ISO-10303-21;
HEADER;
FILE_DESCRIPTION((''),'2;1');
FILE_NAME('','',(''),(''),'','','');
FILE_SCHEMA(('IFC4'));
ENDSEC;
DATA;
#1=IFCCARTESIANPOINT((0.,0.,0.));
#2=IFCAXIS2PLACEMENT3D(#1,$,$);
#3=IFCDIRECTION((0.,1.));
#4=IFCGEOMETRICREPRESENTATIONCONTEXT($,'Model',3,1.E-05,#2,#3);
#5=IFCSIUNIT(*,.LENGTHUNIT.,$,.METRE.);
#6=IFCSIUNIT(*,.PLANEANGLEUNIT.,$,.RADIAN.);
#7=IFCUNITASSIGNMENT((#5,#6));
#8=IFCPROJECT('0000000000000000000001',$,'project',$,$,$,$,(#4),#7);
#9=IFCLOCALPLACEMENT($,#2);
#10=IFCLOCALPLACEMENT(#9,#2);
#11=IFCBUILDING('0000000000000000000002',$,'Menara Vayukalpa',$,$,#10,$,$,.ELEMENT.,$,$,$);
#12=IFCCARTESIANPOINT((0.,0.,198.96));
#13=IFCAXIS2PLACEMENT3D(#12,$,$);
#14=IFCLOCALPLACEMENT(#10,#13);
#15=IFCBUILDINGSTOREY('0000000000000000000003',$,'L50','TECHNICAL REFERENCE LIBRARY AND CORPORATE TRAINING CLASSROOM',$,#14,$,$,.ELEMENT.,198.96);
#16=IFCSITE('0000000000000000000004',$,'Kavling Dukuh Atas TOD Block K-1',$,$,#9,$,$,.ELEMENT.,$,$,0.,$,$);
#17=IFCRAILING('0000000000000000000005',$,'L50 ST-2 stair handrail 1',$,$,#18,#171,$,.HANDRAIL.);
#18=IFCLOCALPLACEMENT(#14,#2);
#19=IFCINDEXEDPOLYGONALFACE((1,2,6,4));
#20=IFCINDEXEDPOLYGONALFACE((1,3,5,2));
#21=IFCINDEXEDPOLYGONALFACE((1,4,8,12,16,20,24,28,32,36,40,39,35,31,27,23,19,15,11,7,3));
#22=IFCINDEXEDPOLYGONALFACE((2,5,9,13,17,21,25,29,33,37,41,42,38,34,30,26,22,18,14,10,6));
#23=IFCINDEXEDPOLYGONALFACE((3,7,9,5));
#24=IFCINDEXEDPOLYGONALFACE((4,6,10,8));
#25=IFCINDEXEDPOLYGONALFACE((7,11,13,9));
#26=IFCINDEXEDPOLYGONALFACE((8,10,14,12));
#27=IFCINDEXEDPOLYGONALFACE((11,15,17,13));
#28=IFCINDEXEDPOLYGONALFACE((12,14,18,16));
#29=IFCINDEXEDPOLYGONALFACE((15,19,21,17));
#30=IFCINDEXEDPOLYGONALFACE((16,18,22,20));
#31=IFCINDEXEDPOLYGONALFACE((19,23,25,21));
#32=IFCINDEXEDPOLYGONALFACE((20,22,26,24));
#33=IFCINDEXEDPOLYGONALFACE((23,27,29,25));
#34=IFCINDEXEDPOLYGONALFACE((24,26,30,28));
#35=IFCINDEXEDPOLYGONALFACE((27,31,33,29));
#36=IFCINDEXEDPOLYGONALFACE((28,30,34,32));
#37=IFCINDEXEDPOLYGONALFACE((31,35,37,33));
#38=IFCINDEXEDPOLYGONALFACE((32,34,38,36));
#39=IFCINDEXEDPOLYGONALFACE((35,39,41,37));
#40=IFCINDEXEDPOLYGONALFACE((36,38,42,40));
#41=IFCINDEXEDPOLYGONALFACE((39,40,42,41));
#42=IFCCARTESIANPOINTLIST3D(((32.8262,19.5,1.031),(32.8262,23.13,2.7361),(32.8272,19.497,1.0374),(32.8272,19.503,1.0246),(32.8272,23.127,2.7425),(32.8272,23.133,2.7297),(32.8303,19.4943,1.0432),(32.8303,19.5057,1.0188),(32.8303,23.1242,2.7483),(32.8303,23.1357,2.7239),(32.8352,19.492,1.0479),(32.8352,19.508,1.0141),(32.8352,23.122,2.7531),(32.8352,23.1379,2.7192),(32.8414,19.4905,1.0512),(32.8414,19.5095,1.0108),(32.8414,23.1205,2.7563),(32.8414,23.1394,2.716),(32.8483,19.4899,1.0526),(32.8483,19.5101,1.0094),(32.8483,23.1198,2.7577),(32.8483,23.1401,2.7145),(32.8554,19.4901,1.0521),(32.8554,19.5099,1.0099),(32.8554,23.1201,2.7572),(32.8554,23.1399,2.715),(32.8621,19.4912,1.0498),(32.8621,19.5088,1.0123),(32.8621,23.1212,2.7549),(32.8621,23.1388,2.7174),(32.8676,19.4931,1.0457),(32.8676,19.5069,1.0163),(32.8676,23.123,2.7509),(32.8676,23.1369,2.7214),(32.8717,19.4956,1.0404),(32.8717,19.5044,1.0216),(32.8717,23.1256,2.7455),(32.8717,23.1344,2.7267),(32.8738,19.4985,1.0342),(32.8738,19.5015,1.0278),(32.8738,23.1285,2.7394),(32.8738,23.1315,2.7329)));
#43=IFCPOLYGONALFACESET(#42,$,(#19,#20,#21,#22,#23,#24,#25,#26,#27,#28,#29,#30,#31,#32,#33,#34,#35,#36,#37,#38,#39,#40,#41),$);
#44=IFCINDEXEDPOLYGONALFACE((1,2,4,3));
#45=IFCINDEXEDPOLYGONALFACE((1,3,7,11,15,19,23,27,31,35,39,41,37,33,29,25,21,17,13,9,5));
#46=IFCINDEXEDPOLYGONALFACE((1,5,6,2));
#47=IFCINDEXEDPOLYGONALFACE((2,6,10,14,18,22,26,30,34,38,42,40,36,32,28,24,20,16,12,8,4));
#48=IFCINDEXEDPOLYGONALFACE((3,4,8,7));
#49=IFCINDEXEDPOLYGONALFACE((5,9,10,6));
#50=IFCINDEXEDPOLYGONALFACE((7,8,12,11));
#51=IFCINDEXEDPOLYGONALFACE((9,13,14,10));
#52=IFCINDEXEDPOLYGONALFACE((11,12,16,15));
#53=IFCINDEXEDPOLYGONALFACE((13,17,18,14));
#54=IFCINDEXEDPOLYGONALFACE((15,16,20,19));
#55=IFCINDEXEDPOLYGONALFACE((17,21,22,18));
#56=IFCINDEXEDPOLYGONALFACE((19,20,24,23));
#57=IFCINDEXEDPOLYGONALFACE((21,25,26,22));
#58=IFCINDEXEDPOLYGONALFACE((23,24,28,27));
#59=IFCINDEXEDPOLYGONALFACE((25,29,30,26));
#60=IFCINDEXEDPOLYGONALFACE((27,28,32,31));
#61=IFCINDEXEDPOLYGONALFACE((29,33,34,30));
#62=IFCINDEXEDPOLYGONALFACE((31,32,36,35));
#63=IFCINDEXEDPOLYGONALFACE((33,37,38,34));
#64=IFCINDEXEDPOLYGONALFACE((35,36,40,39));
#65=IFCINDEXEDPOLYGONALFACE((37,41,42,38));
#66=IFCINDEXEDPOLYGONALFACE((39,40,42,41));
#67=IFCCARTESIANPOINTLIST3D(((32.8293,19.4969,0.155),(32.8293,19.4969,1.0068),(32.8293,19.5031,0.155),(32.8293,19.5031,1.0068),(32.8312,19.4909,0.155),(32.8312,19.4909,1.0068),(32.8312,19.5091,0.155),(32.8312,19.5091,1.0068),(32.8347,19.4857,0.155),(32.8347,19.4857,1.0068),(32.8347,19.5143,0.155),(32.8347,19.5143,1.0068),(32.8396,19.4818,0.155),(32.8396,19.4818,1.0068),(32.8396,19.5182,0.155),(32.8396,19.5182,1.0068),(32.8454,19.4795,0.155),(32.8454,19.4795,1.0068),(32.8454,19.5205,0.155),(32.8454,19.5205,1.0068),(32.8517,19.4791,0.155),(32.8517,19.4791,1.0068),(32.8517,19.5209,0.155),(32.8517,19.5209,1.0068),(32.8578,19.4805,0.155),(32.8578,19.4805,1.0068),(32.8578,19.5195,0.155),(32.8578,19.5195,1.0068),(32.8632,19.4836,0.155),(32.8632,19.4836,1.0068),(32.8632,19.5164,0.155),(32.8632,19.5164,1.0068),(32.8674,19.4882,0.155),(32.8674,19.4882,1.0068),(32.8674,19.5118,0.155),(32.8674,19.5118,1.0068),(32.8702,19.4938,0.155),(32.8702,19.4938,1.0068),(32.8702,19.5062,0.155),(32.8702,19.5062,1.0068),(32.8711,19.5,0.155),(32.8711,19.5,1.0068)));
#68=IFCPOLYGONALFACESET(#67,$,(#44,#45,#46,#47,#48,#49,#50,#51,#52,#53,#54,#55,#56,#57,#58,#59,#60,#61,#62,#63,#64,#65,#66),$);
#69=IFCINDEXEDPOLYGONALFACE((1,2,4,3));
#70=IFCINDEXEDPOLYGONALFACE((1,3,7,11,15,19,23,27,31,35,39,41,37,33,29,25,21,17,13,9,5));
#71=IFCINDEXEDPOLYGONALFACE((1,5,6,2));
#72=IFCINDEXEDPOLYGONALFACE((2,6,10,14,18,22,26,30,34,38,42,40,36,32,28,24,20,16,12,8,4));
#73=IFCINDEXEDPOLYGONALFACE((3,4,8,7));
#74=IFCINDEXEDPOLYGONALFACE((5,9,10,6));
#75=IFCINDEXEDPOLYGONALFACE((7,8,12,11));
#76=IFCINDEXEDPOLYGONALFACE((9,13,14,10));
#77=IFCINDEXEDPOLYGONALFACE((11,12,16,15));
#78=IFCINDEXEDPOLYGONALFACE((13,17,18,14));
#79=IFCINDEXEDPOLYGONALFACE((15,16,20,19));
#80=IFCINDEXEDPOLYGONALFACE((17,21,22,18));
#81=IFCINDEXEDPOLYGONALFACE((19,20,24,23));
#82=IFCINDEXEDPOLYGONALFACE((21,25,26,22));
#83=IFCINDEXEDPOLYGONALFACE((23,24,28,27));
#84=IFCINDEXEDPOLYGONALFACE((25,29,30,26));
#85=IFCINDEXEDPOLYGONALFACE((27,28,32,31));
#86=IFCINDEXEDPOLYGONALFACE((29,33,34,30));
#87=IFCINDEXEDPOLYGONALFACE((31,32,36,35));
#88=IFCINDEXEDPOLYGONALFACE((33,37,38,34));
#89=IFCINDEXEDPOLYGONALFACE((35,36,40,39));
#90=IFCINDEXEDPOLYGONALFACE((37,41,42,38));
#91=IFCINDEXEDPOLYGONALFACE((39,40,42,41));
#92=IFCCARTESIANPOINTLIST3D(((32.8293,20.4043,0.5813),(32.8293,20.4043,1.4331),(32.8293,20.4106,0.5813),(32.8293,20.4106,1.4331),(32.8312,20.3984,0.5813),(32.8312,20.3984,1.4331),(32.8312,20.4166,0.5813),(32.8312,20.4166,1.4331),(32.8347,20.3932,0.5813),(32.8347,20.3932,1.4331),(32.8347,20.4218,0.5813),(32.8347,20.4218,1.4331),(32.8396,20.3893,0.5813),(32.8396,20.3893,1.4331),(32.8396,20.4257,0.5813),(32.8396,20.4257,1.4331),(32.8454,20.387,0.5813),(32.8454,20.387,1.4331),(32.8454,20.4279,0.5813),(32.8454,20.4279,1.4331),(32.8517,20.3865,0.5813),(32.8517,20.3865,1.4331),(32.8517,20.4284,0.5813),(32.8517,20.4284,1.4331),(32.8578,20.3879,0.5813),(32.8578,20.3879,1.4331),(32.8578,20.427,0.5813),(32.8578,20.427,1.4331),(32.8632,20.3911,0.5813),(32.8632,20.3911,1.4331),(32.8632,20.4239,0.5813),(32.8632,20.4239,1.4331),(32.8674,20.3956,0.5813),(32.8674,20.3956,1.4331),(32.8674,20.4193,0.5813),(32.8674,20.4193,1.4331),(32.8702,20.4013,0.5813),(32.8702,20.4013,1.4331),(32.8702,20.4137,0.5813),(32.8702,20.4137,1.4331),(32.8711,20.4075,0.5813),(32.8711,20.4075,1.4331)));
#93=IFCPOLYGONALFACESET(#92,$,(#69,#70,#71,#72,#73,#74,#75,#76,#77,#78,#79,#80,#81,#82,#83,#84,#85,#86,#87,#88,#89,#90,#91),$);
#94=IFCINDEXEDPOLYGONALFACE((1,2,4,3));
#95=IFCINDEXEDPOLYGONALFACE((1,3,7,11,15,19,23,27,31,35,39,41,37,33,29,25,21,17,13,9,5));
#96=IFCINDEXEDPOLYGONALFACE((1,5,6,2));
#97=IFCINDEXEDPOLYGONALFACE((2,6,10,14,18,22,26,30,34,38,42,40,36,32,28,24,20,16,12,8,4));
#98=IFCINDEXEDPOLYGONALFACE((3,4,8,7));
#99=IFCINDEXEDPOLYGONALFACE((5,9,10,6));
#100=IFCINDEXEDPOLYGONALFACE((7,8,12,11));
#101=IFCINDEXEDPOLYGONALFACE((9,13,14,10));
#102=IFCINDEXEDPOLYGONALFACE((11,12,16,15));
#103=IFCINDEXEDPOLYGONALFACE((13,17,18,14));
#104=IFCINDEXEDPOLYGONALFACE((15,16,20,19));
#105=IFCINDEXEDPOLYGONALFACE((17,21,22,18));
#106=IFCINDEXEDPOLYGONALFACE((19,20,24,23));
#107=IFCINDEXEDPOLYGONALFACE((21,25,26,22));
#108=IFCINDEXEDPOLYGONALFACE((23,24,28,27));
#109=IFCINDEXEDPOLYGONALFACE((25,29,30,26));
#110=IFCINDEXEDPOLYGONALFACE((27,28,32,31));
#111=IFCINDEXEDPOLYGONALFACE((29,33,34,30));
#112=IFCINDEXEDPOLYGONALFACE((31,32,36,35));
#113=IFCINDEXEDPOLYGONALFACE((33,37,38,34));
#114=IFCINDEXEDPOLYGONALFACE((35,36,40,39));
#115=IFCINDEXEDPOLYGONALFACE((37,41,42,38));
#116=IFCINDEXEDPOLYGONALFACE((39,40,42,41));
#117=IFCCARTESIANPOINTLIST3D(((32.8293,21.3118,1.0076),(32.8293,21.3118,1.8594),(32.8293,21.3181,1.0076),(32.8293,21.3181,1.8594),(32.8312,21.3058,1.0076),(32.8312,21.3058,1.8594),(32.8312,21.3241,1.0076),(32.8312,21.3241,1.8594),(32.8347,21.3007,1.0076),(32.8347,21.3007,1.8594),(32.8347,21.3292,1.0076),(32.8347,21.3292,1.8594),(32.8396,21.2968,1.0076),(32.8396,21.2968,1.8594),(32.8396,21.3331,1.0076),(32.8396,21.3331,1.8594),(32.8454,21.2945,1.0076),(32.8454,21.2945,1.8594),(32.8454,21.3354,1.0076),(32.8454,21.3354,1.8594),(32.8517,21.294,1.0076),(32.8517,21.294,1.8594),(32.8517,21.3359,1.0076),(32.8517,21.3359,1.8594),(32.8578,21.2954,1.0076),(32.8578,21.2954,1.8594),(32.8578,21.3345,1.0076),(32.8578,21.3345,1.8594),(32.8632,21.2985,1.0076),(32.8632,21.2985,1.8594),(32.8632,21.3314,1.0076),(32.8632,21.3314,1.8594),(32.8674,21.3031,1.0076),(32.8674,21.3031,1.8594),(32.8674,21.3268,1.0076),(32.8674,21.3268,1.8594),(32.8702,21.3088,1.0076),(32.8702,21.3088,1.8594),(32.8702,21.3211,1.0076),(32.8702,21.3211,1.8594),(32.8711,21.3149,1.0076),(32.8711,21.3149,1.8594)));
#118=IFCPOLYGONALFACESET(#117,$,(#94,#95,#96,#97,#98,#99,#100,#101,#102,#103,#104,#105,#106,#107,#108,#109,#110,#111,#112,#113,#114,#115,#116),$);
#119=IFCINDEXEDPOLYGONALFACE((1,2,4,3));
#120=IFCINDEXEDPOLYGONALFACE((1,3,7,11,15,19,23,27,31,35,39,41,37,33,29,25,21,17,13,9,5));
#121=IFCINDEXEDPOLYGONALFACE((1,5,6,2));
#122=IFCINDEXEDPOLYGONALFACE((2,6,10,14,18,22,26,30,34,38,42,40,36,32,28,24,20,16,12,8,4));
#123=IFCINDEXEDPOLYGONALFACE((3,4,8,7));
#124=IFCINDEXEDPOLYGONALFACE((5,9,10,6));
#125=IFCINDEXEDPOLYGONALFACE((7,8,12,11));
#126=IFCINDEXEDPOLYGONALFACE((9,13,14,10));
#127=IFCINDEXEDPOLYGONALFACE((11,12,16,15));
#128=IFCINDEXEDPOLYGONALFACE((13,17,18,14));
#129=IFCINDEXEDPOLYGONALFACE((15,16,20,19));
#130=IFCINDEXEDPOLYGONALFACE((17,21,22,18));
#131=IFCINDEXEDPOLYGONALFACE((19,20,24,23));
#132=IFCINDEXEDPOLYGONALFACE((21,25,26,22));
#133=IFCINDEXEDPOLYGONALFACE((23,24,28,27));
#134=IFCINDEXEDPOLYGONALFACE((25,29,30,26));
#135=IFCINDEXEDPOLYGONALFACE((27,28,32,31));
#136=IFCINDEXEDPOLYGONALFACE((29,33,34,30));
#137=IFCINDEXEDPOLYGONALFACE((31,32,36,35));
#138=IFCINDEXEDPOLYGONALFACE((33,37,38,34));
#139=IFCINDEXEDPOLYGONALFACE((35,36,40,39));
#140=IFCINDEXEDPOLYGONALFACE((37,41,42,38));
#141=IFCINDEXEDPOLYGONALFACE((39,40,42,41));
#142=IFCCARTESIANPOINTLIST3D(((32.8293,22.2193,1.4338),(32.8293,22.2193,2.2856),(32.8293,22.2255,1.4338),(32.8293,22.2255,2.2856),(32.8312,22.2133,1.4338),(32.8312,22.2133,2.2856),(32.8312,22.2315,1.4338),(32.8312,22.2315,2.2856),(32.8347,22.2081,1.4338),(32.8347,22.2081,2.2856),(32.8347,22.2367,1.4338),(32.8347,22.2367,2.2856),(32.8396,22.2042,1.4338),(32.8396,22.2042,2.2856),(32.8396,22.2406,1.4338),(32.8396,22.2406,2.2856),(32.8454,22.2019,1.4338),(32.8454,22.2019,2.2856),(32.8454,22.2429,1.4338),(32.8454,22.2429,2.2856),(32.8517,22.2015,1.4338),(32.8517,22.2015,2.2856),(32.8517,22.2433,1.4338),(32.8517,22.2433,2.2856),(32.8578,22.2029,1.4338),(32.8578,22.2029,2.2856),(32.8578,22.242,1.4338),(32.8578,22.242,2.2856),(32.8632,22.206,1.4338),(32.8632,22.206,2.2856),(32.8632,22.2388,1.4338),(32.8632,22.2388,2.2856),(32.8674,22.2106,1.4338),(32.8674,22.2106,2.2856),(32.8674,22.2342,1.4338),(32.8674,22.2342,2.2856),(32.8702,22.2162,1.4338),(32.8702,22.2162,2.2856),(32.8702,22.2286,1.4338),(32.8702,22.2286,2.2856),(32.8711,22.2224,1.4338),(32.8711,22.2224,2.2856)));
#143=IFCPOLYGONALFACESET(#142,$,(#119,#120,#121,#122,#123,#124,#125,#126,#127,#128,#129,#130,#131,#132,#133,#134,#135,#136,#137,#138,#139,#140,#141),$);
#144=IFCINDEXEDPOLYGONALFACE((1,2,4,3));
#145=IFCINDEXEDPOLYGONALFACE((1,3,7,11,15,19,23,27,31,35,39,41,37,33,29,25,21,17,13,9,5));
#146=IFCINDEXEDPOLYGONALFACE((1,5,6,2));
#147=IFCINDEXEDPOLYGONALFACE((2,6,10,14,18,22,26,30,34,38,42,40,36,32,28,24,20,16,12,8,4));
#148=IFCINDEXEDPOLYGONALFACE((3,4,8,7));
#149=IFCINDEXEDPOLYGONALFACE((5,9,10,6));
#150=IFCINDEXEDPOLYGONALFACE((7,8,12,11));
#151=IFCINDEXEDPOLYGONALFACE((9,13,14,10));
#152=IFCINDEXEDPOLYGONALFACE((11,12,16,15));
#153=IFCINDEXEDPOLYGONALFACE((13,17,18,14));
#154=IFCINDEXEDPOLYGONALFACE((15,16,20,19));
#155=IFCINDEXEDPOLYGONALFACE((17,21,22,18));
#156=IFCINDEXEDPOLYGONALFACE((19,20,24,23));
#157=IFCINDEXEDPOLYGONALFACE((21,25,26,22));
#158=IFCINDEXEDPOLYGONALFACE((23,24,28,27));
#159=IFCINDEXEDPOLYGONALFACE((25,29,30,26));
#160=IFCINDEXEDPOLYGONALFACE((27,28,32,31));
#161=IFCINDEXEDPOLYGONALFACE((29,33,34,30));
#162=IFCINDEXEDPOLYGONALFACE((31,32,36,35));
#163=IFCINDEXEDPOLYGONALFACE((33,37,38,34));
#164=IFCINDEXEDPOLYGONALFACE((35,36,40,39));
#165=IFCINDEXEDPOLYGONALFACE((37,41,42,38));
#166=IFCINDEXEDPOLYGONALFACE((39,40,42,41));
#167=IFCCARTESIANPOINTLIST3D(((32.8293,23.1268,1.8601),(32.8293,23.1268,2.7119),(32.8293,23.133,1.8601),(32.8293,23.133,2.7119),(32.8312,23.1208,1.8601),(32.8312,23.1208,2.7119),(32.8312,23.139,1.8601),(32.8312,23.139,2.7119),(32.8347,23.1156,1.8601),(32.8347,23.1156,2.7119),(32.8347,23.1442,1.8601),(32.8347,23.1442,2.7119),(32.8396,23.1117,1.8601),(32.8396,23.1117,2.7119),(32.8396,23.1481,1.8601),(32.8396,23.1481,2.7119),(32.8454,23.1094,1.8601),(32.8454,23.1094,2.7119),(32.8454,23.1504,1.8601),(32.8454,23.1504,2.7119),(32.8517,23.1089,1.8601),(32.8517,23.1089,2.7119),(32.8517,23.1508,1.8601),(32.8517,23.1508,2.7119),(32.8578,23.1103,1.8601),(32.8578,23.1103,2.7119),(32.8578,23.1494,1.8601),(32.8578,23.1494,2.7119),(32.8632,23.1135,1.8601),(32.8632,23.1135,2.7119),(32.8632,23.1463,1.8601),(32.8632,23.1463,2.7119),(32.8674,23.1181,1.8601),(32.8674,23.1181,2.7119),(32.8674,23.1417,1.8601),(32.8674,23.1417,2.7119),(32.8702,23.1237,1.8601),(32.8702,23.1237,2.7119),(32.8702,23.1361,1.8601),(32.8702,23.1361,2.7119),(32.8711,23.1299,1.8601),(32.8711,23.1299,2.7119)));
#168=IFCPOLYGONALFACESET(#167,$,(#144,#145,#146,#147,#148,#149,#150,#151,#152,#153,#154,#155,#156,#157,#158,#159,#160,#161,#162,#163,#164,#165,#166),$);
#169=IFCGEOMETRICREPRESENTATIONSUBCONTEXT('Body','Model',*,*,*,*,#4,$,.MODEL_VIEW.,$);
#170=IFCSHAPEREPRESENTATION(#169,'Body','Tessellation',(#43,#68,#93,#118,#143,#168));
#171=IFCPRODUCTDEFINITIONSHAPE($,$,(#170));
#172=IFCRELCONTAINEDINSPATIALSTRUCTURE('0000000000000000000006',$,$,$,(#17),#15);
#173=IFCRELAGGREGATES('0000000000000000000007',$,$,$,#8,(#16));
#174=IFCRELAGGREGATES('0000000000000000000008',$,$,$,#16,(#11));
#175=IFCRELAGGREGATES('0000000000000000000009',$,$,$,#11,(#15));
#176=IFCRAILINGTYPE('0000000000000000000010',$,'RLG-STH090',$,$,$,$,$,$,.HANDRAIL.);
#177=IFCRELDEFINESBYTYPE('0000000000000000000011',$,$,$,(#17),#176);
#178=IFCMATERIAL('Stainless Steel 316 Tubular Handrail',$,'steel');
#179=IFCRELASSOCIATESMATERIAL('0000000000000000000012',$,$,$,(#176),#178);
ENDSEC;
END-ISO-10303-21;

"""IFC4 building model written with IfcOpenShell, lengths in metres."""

from ifc_helpers import new_model, si_unit, direction, frame, origin, origin_2d, place, context, subcontext, project, spatial, circle, extrude, material, type_object, element, save


model = new_model("IFC4")

# Units and contexts
model_context = context("Model", 3, precision=1e-05, world=origin(), true_north=direction((0.0, 1.0)))
body_context = subcontext(model_context, "Body", "Model", "MODEL_VIEW")
ifc_project = project(units=[si_unit("LENGTHUNIT", "METRE"), si_unit("PLANEANGLEUNIT", "RADIAN")], contexts=[model_context])

# Site, building, storey
site_placement = place(None, origin())
site = spatial("IfcSite", under=ifc_project, at=site_placement, Name="Kavling Dukuh Atas TOD Block K-1", CompositionType="ELEMENT", RefElevation=0.0)
building_placement = place(site_placement, origin())
building = spatial("IfcBuilding", under=site, at=building_placement, Name="Menara Vayukalpa", CompositionType="ELEMENT")
storey_placement = place(building_placement, frame((0.0, 0.0, 198.96)))
storey = spatial("IfcBuildingStorey", under=building, at=storey_placement, Name="L50", Description="TECHNICAL REFERENCE LIBRARY AND CORPORATE TRAINING CLASSROOM", CompositionType="ELEMENT", Elevation=198.96)

# Railing
ifc_material_1 = material(Name="Stainless Steel 316 Tubular Handrail", Category="steel")
railing_type_1 = type_object("IfcRailingType", Name="RLG-STH090", PredefinedType="HANDRAIL", material=ifc_material_1)
railing_1_placement = place(storey_placement, frame((32.8501, 19.5, 0.155)))
element("IfcRailing", 1, at=railing_1_placement, inside=storey, type_object=railing_type_1, Name="L50 ST-2 stair handrail 1", PredefinedType="HANDRAIL", context=body_context, shape_type="SweptSolid", body=[
    extrude(circle(Radius=0.0239, at=origin_2d()), frame((0.0, 0.0, 0.876), z_axis=(0.0, 0.905116, 0.425164), x_axis=(-1.0, 0.0, 0.0)), (0.0, 0.0, 1.0), 4.0105),
    extrude(circle(Radius=0.021, at=origin_2d()), origin(), (0.0, 0.0, 1.0), 0.8518),
    extrude(circle(Radius=0.021, at=origin_2d()), frame((0.0, 0.9075, 0.4263)), (0.0, 0.0, 1.0), 0.8518),
    extrude(circle(Radius=0.021, at=origin_2d()), frame((0.0, 1.8149, 0.8525)), (0.0, 0.0, 1.0), 0.8518),
    extrude(circle(Radius=0.021, at=origin_2d()), frame((0.0, 2.7224, 1.2788)), (0.0, 0.0, 1.0), 0.8518),
    extrude(circle(Radius=0.021, at=origin_2d()), frame((0.0, 3.6299, 1.7051)), (0.0, 0.0, 1.0), 0.8518),
])

save(model, "model.ifc")
